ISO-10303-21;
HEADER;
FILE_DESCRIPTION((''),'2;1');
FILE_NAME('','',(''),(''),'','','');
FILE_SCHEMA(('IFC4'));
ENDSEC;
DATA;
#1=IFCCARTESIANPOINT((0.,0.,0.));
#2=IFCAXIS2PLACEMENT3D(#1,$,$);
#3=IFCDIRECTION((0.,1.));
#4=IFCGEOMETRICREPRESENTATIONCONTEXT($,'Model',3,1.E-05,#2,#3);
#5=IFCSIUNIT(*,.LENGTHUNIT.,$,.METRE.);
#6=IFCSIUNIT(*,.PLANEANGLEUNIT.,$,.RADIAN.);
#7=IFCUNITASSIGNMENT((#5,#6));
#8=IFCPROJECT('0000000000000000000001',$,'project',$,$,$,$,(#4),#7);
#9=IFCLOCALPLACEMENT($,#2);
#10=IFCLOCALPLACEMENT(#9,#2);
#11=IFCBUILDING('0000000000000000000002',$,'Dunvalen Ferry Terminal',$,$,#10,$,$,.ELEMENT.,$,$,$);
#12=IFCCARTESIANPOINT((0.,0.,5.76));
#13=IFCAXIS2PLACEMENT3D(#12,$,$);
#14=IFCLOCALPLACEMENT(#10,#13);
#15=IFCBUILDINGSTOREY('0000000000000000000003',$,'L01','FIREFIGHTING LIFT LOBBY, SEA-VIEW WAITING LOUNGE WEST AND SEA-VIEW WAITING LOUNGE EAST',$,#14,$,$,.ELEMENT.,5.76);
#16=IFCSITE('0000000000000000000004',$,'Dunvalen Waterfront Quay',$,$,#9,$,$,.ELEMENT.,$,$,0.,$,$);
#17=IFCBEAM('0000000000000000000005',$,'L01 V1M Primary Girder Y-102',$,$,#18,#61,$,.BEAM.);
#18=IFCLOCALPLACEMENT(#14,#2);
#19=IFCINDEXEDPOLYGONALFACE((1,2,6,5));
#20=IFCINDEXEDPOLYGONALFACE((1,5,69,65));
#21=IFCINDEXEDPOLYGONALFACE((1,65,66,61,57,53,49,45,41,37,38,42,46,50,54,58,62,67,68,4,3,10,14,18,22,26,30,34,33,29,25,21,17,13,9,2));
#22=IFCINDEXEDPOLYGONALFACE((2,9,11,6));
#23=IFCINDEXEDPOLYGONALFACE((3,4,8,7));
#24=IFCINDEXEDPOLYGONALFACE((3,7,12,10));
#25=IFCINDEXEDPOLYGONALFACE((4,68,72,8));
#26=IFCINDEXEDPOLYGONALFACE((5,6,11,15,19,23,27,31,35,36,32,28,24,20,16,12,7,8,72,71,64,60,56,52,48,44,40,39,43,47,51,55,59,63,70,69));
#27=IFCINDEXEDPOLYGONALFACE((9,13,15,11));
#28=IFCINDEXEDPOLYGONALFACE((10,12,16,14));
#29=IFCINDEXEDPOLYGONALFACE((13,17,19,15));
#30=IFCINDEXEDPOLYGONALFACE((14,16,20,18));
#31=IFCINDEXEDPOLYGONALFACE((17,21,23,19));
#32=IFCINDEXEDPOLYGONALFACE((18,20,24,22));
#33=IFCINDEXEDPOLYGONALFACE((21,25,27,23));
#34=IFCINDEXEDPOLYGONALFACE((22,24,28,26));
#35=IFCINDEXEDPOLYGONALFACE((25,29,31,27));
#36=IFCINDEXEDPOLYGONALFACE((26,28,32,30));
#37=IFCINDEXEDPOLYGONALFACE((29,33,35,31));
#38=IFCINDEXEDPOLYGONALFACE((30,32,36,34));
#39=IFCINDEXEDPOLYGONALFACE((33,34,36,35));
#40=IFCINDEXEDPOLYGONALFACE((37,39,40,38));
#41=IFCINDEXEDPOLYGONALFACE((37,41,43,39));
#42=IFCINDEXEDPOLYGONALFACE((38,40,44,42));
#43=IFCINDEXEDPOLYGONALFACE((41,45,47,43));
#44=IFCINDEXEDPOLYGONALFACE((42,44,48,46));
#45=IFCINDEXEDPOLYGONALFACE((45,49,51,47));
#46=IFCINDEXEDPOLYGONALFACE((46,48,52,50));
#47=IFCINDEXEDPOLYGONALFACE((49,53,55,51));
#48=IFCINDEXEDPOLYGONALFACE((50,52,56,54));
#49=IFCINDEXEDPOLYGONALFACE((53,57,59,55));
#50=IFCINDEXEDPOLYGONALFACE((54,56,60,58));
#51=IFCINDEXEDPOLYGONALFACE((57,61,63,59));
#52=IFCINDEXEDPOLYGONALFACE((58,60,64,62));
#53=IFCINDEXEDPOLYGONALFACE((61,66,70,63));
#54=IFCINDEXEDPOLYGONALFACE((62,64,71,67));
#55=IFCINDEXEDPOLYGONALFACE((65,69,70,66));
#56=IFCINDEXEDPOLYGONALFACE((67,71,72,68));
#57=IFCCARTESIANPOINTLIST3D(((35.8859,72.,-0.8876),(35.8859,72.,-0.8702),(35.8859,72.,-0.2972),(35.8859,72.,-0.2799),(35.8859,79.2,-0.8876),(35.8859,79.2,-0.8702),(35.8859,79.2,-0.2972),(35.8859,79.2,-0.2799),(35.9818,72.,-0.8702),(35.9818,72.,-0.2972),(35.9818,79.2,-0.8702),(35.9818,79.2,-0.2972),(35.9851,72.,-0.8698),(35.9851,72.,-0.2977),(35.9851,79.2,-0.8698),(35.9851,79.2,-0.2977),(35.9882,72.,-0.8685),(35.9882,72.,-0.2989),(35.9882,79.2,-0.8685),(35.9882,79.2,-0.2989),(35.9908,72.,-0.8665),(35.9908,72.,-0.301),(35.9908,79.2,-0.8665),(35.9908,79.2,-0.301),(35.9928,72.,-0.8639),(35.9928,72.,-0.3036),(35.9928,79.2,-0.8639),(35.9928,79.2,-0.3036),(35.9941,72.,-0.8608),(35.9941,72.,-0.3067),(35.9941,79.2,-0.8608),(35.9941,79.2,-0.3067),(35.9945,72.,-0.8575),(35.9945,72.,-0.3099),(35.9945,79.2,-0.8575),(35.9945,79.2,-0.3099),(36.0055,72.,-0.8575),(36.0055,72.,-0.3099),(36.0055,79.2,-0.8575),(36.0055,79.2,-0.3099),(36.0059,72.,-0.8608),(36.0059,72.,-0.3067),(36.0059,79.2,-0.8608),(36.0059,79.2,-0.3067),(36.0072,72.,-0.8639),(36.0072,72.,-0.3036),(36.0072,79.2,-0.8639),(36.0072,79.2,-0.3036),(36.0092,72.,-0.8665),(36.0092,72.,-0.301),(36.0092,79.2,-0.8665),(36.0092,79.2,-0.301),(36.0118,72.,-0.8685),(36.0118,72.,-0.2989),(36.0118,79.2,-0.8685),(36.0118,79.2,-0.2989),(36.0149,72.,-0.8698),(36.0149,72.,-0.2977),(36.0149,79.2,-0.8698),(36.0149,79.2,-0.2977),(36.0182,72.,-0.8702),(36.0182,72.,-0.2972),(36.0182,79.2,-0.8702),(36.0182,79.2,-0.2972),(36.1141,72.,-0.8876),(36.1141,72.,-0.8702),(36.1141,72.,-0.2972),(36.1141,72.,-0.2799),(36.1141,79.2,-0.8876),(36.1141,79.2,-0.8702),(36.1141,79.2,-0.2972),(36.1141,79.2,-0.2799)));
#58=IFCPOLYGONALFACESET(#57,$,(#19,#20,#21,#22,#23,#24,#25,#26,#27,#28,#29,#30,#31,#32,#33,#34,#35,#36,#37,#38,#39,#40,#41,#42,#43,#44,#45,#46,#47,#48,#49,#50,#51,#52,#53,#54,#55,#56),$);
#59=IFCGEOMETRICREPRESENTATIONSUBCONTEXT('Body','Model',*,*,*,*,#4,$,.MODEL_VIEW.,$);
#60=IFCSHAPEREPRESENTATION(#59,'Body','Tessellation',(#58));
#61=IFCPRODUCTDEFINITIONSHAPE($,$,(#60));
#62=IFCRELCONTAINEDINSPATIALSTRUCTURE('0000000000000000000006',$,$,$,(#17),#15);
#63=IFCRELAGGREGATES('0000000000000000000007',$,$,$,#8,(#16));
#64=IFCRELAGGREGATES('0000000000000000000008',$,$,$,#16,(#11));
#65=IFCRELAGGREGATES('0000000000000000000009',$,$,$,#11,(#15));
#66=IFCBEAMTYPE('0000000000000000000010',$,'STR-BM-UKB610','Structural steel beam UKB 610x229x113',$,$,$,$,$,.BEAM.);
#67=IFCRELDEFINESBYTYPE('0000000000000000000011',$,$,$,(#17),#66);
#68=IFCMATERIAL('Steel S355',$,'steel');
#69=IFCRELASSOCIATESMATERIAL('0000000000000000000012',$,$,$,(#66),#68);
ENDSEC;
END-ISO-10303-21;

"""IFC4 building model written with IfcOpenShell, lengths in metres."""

from ifc_helpers import new_model, si_unit, direction, frame, origin, origin_2d, place, context, subcontext, project, spatial, i_section, extrude, material, material_profile, profile_set, type_object, element, save


model = new_model("IFC4")

# Units and contexts
model_context = context("Model", 3, precision=1e-05, world=origin(), true_north=direction((0.0, 1.0)))
body_context = subcontext(model_context, "Body", "Model", "MODEL_VIEW")
ifc_project = project(units=[si_unit("LENGTHUNIT", "METRE"), si_unit("PLANEANGLEUNIT", "RADIAN")], contexts=[model_context])

# Site, building, storey
site_placement = place(None, origin())
site = spatial("IfcSite", under=ifc_project, at=site_placement, Name="Dunvalen Waterfront Quay", CompositionType="ELEMENT", RefElevation=0.0)
building_placement = place(site_placement, origin())
building = spatial("IfcBuilding", under=site, at=building_placement, Name="Dunvalen Ferry Terminal", CompositionType="ELEMENT")
storey_placement = place(building_placement, frame((0.0, 0.0, 5.76)))
storey = spatial("IfcBuildingStorey", under=building, at=storey_placement, Name="L01", Description="FIREFIGHTING LIFT LOBBY, SEA-VIEW WAITING LOUNGE WEST AND SEA-VIEW WAITING LOUNGE EAST", CompositionType="ELEMENT", Elevation=5.76)

# Beam
ifc_material_1 = material(Name="Steel S355", Category="steel")
ifc_material_profile_1 = material_profile(ifc_material_1, i_section(OverallWidth=0.2283, OverallDepth=0.6077, WebThickness=0.011, FlangeThickness=0.0173, FilletRadius=0.0127, at=origin_2d()), Name="Steel S355")
ifc_profile_set_1 = profile_set([ifc_material_profile_1], Name="Steel S355")
beam_type_1 = type_object("IfcBeamType", Name="STR-BM-UKB610", Description="Structural steel beam UKB 610x229x113", PredefinedType="BEAM", material=ifc_profile_set_1)
for number, where, z_axis, x_axis, name in (
    (1, (36.0, 72.0, -0.5837), (0.0, 1.0, 0.0), (-1.0, 0.0, 0.0), "L01 V1M Primary Girder Y-102"),
):
    element("IfcBeam", number, at=place(storey_placement, frame(where, z_axis=z_axis, x_axis=x_axis)), inside=storey, type_object=beam_type_1, Name=name, PredefinedType="BEAM", context=body_context, shape_type="SweptSolid", body=[
        extrude(i_section(OverallWidth=0.2283, OverallDepth=0.6077, WebThickness=0.011, FlangeThickness=0.0173, FilletRadius=0.0127, at=origin_2d()), origin(), (0.0, 0.0, 1.0), 7.2),
    ])

save(model, "model.ifc")
